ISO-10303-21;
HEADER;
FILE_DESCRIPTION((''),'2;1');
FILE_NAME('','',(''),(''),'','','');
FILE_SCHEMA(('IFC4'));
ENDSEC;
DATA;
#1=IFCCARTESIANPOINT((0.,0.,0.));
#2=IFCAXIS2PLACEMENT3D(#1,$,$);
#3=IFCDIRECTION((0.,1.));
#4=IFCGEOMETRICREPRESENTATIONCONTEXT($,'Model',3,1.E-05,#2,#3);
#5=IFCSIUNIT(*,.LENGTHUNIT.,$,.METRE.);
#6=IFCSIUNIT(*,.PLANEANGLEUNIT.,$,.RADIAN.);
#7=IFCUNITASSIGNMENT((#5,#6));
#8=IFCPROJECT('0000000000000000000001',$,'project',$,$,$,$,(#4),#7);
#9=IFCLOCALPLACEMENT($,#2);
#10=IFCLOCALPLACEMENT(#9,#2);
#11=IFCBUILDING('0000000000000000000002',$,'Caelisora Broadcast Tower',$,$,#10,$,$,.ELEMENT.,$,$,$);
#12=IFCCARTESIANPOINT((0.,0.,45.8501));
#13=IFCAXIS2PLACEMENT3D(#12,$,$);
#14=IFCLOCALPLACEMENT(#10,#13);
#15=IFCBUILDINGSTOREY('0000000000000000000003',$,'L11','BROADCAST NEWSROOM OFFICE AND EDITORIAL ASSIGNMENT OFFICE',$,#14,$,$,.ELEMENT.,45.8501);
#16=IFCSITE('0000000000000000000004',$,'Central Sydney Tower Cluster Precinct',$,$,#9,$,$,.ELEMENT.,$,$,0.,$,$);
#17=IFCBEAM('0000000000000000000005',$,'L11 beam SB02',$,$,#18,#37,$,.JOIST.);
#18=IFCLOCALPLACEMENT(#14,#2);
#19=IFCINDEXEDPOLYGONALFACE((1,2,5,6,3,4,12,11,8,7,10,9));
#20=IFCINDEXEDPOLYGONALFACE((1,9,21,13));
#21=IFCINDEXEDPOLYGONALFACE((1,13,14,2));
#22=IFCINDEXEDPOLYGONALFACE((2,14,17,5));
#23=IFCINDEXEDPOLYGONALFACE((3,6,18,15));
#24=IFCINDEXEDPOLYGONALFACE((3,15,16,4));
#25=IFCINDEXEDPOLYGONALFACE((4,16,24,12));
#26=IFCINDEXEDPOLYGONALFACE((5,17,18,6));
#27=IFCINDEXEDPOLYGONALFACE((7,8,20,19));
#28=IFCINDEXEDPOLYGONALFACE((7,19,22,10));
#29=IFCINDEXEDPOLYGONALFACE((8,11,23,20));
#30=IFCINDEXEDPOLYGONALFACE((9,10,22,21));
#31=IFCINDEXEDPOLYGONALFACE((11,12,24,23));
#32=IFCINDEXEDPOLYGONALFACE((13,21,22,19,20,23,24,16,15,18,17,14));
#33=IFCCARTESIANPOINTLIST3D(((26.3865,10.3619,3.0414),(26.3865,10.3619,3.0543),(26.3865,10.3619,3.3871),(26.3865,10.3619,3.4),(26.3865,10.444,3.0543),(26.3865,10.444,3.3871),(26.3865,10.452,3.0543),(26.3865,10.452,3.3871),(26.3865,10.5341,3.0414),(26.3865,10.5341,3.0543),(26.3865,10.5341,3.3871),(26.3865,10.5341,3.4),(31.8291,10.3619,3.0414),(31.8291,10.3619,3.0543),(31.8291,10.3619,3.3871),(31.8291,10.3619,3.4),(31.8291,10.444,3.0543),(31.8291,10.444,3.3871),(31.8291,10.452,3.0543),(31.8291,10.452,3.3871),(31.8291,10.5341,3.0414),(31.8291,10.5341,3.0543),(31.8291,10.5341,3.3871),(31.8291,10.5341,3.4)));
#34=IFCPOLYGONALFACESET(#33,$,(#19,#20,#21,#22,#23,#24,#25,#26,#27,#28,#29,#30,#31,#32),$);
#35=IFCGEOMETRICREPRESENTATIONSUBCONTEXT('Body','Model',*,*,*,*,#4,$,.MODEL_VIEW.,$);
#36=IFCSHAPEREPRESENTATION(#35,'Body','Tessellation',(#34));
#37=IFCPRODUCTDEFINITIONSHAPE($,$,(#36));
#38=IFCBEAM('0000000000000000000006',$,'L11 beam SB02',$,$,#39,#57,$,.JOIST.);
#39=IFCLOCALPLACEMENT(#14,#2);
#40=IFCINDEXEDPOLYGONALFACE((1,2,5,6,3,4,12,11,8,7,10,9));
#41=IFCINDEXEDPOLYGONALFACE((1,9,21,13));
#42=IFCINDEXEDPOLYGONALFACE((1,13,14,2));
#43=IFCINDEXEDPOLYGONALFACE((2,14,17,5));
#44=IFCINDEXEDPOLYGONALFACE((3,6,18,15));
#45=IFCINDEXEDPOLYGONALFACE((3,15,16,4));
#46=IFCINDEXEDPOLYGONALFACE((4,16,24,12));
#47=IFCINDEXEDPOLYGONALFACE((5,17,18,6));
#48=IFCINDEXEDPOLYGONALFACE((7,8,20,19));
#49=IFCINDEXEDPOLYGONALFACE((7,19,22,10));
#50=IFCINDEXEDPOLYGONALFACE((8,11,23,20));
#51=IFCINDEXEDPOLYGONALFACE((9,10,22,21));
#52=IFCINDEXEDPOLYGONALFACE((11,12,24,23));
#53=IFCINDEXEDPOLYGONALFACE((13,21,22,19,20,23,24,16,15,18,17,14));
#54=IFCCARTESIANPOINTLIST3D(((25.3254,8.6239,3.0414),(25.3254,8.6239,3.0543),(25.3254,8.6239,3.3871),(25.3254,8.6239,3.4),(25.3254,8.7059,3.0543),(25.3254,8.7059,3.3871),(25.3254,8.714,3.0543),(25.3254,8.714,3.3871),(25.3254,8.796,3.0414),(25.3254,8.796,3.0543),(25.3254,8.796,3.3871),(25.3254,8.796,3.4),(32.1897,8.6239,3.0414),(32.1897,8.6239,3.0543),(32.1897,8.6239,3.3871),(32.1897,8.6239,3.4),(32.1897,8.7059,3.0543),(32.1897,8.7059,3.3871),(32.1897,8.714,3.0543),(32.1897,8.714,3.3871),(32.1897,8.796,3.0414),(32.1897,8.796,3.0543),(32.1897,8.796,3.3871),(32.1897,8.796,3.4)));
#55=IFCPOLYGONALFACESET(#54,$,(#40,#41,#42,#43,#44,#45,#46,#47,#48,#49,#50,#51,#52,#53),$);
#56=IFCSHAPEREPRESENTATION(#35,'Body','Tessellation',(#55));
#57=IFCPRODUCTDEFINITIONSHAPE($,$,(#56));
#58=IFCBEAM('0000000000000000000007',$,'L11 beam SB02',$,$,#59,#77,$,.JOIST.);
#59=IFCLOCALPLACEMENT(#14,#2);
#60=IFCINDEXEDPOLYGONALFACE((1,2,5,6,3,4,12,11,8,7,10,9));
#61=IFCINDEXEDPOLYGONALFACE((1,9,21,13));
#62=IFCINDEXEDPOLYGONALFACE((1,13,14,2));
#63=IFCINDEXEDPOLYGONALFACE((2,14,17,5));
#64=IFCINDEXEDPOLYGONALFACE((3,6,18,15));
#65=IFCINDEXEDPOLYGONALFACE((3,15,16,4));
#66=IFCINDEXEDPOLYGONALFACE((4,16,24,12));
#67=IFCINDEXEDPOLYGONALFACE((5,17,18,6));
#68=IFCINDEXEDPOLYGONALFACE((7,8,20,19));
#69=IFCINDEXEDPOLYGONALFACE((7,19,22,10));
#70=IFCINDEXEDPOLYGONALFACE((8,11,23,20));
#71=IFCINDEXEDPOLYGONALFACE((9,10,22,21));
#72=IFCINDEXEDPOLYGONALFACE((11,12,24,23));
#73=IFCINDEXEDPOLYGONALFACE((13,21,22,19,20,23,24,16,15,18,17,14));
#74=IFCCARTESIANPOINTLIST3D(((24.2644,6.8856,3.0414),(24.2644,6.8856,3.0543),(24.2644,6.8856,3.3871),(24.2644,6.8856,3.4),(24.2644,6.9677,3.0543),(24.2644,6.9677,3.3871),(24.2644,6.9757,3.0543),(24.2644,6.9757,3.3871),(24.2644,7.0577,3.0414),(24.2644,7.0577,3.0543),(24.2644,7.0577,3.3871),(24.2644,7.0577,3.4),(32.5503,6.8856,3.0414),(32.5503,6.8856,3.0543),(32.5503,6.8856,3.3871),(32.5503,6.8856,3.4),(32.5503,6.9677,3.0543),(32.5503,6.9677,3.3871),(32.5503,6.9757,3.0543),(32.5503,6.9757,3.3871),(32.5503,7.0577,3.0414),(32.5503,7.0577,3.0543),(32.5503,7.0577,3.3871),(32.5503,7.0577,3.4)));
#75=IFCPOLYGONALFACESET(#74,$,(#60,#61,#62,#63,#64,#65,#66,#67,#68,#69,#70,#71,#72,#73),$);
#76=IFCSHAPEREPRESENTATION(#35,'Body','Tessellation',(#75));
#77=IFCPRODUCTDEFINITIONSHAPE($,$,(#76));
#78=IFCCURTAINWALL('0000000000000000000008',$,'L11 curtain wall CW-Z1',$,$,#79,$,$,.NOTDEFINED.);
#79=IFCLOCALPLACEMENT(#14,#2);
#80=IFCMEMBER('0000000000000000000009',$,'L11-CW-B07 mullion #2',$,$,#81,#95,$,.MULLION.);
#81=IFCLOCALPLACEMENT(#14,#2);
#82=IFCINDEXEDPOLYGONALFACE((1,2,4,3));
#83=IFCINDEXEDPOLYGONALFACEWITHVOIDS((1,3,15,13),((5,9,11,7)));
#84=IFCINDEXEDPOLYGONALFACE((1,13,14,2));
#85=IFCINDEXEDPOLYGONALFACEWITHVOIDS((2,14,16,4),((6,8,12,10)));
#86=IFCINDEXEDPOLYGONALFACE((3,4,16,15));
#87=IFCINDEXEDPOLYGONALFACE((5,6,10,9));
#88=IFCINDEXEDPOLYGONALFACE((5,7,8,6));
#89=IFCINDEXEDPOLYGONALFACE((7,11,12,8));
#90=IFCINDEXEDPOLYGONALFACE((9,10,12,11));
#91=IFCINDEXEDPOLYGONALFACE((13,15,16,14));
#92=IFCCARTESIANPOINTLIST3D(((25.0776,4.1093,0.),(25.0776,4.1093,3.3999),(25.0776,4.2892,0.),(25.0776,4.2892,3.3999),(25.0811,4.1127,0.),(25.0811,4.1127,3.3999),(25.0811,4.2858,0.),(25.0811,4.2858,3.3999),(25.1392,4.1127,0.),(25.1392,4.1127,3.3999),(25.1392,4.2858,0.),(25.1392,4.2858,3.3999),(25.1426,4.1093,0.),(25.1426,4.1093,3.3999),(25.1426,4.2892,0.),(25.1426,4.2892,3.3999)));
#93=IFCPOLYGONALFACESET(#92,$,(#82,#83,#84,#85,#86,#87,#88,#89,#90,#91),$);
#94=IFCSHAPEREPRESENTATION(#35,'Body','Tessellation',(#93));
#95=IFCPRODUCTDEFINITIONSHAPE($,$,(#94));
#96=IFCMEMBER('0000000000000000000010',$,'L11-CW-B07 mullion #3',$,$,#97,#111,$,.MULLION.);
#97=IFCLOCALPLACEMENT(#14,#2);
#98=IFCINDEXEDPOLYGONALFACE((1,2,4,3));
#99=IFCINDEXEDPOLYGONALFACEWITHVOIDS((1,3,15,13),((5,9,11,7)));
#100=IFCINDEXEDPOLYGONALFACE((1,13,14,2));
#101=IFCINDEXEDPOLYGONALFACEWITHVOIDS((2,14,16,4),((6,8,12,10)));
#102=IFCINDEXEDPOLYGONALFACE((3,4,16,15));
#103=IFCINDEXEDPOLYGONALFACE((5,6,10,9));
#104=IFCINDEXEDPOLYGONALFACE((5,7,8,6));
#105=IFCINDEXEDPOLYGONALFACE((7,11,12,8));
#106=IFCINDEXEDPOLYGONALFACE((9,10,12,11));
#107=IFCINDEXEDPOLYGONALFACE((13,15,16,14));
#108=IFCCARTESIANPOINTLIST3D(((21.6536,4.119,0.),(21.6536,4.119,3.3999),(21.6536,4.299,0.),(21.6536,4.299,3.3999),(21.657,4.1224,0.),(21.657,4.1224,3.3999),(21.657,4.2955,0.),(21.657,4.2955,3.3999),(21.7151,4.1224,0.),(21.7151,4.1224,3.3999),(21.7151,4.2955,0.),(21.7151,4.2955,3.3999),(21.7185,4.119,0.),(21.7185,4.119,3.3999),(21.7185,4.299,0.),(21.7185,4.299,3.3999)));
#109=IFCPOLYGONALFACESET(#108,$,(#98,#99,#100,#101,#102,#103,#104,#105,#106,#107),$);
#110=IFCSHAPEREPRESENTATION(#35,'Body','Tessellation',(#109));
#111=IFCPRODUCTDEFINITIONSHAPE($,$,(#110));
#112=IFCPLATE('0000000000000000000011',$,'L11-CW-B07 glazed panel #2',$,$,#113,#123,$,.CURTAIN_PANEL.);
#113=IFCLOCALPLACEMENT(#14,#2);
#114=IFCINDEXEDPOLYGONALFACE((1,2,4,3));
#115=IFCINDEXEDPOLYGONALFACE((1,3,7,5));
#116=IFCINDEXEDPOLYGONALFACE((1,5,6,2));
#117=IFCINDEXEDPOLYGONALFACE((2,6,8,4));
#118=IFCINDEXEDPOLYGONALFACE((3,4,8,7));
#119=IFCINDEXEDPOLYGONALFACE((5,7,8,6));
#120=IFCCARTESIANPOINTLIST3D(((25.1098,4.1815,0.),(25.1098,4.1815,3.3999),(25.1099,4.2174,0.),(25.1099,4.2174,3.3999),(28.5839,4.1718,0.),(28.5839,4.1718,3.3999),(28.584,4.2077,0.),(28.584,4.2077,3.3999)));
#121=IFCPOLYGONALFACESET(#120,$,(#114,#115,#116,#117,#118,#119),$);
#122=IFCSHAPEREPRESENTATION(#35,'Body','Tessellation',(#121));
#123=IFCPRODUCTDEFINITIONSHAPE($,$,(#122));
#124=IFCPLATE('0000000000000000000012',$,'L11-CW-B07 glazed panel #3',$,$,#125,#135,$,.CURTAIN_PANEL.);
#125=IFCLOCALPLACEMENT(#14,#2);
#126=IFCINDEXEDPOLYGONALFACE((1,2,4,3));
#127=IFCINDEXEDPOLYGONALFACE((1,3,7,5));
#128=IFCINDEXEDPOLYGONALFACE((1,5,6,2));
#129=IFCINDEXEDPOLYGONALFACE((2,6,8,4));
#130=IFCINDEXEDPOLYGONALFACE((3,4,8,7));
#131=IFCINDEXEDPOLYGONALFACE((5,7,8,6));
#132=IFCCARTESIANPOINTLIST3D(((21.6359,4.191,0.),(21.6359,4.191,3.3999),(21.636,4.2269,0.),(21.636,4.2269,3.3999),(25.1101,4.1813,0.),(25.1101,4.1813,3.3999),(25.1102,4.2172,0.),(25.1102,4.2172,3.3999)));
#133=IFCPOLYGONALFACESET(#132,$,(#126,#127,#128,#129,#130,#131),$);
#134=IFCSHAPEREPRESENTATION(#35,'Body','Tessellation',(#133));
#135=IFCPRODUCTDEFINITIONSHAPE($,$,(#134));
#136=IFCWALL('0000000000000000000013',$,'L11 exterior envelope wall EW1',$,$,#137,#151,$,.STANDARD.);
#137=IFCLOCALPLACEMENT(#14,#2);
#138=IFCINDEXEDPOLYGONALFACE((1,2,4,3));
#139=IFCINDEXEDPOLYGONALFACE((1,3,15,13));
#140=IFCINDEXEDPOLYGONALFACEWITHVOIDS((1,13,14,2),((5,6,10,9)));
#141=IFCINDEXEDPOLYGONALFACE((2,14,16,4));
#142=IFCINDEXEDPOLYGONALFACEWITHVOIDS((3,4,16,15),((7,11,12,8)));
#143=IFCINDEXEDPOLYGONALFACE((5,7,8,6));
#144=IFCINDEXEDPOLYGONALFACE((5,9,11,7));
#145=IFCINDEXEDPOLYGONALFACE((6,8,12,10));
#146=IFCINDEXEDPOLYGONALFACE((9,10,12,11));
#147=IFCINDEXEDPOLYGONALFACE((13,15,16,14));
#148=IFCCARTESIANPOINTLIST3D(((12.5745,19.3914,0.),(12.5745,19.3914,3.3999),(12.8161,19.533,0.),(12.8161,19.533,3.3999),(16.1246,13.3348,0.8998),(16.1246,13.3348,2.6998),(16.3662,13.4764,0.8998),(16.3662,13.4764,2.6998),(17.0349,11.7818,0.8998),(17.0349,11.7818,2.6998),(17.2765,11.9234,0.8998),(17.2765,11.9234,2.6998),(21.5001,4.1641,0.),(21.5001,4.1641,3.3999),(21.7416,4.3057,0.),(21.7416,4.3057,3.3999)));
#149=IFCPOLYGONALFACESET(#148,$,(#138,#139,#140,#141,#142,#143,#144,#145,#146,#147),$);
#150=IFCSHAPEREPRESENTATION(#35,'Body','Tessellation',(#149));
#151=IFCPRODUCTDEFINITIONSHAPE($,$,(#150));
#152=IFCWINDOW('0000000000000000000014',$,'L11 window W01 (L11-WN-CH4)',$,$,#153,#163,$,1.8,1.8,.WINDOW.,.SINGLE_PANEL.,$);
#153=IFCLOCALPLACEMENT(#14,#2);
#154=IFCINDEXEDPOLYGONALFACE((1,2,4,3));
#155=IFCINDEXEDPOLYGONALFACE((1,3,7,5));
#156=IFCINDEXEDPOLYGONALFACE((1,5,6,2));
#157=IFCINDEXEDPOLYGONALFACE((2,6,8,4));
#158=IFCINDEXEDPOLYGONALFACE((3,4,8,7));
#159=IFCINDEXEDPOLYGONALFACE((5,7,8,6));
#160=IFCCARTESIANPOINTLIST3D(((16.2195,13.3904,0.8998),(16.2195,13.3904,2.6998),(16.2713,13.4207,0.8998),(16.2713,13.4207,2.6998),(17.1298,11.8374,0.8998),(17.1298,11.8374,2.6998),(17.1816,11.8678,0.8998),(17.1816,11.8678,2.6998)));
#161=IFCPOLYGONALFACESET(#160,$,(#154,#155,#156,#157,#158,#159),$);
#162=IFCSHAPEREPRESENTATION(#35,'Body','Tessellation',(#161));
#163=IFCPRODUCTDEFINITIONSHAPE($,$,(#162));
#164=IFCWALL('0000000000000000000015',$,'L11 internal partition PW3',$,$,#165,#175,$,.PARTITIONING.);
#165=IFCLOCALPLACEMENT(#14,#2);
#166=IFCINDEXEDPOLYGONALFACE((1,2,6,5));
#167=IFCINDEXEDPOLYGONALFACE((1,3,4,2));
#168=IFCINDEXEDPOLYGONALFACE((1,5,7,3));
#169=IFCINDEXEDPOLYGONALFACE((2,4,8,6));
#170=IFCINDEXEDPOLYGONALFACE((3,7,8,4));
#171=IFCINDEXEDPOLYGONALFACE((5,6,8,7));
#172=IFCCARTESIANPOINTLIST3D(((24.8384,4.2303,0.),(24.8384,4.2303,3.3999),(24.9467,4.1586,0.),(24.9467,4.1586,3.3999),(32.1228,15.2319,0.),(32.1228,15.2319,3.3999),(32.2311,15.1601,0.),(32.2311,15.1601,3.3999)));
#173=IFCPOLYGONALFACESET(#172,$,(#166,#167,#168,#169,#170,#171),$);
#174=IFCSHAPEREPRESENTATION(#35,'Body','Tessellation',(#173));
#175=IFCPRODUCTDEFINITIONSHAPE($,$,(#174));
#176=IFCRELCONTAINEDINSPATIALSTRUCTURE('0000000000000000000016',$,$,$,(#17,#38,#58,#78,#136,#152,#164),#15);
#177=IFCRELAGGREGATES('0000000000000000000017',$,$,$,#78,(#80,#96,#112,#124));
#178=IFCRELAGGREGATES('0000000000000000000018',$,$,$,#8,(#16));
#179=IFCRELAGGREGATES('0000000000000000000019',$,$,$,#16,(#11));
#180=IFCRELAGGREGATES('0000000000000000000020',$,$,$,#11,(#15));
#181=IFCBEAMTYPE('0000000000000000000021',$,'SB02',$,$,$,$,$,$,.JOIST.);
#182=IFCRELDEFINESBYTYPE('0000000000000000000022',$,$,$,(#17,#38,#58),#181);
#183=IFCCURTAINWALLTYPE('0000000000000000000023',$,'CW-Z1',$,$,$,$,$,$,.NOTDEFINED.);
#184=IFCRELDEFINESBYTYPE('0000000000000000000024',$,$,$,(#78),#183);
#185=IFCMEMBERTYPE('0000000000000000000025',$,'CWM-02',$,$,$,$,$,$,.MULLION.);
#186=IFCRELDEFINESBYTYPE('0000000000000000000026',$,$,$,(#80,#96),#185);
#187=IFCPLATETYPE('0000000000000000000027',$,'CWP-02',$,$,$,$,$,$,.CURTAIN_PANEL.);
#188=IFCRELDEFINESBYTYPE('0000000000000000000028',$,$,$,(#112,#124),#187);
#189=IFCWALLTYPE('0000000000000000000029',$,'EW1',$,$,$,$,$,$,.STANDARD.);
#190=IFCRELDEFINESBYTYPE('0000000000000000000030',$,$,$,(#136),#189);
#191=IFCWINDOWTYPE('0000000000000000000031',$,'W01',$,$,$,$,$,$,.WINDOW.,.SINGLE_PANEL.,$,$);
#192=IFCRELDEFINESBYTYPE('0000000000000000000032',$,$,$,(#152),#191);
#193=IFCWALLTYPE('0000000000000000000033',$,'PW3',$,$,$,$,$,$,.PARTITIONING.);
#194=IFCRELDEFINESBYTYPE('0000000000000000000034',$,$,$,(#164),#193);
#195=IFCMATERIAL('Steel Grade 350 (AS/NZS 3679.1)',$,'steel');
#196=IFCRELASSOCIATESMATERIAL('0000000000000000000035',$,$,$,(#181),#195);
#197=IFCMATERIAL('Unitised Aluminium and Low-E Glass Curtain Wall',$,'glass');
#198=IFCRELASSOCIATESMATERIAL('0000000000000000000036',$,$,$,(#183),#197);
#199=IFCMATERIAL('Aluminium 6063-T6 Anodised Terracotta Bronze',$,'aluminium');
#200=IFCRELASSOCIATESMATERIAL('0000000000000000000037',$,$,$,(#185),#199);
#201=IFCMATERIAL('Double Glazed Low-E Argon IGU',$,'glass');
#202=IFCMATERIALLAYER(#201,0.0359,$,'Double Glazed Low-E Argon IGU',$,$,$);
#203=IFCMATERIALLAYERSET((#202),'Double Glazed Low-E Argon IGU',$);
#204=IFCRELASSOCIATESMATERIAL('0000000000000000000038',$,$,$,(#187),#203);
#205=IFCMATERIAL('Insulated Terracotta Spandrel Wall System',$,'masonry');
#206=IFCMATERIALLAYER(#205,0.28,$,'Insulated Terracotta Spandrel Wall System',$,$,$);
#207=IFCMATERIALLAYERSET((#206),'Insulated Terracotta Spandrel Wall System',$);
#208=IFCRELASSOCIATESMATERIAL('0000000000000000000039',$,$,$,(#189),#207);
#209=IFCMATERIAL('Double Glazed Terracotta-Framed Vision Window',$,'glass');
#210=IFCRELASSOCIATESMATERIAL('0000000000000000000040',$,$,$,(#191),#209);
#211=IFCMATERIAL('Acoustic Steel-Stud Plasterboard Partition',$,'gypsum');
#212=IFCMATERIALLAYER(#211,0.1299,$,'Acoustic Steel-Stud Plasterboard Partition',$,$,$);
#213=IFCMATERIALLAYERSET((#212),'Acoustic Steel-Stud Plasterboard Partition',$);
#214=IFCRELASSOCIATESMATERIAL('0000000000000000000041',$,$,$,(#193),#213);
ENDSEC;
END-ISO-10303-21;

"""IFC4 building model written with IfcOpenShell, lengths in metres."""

from ifc_helpers import new_model, si_unit, direction, frame, frame_2d, origin, origin_2d, place, context, subcontext, project, spatial, rectangle, hollow_rectangle, i_section, extrude, source, transform, mapped, material, layer, layer_set, material_profile, profile_set, type_object, type_shapes, element, fill, aggregate, save


model = new_model("IFC4")

# Units and contexts
model_context = context("Model", 3, precision=1e-05, world=origin(), true_north=direction((0.0, 1.0)))
body_context = subcontext(model_context, "Body", "Model", "MODEL_VIEW")
ifc_project = project(units=[si_unit("LENGTHUNIT", "METRE"), si_unit("PLANEANGLEUNIT", "RADIAN")], contexts=[model_context])

# Site, building, storey
site_placement = place(None, origin())
site = spatial("IfcSite", under=ifc_project, at=site_placement, Name="Central Sydney Tower Cluster Precinct", CompositionType="ELEMENT", RefElevation=0.0)
building_placement = place(site_placement, origin())
building = spatial("IfcBuilding", under=site, at=building_placement, Name="Caelisora Broadcast Tower", CompositionType="ELEMENT")
storey_placement = place(building_placement, frame((0.0, 0.0, 45.8501)))
storey = spatial("IfcBuildingStorey", under=building, at=storey_placement, Name="L11", Description="BROADCAST NEWSROOM OFFICE AND EDITORIAL ASSIGNMENT OFFICE", CompositionType="ELEMENT", Elevation=45.8501)

# Beams
ifc_material_1 = material(Name="Steel Grade 350 (AS/NZS 3679.1)", Category="steel")
ifc_material_profile_1 = material_profile(ifc_material_1, i_section(OverallWidth=0.1721, OverallDepth=0.3586, WebThickness=0.0081, FlangeThickness=0.0129, at=origin_2d()), Name="Steel Grade 350 (AS/NZS 3679.1)")
ifc_profile_set_1 = profile_set([ifc_material_profile_1], Name="Steel Grade 350 (AS/NZS 3679.1)")
beam_type_1 = type_object("IfcBeamType", Name="SB02", PredefinedType="JOIST", material=ifc_profile_set_1)
shared_shape_1 = source(origin(), body_context, "Body", "SweptSolid", [
    extrude(i_section(OverallWidth=0.1721, OverallDepth=0.3586, WebThickness=0.0081, FlangeThickness=0.0129, at=origin_2d()), origin(), (0.0, 0.0, 1.0), 5.4426),
])
beam_1_placement = place(storey_placement, frame((26.3865, 10.448, 3.2207), z_axis=(1.0, 0.0, 0.0), x_axis=(0.0, 1.0, 0.0)))
element("IfcBeam", 1, at=beam_1_placement, inside=storey, type_object=beam_type_1, Name="L11 beam SB02", PredefinedType="JOIST", context=body_context, shape_type="MappedRepresentation", body=[
    mapped(shared_shape_1, transform((0.0, 0.0, 0.0), scale=1.0)),
])
shared_shape_2 = source(origin(), body_context, "Body", "SweptSolid", [
    extrude(i_section(OverallWidth=0.1721, OverallDepth=0.3586, WebThickness=0.0081, FlangeThickness=0.0129, at=origin_2d()), origin(), (0.0, 0.0, 1.0), 6.8643),
])
beam_2_placement = place(storey_placement, frame((25.3254, 8.71, 3.2207), z_axis=(1.0, 0.0, 0.0), x_axis=(0.0, 1.0, 0.0)))
element("IfcBeam", 2, at=beam_2_placement, inside=storey, type_object=beam_type_1, Name="L11 beam SB02", PredefinedType="JOIST", context=body_context, shape_type="MappedRepresentation", body=[
    mapped(shared_shape_2, transform((0.0, 0.0, 0.0), scale=1.0)),
])
shared_shape_3 = source(origin(), body_context, "Body", "SweptSolid", [
    extrude(i_section(OverallWidth=0.1721, OverallDepth=0.3586, WebThickness=0.0081, FlangeThickness=0.0129, at=origin_2d()), origin(), (0.0, 0.0, 1.0), 8.2859),
])
beam_3_placement = place(storey_placement, frame((24.2644, 6.9717, 3.2207), z_axis=(1.0, 0.0, 0.0), x_axis=(0.0, 1.0, 0.0)))
element("IfcBeam", 3, at=beam_3_placement, inside=storey, type_object=beam_type_1, Name="L11 beam SB02", PredefinedType="JOIST", context=body_context, shape_type="MappedRepresentation", body=[
    mapped(shared_shape_3, transform((0.0, 0.0, 0.0), scale=1.0)),
])

# Curtain wall, members, plates
ifc_material_2 = material(Name="Unitised Aluminium and Low-E Glass Curtain Wall", Category="glass")
curtain_wall_type = type_object("IfcCurtainWallType", Name="CW-Z1", PredefinedType="NOTDEFINED", material=ifc_material_2)
curtain_wall_placement = place(storey_placement, origin())
curtain_wall = element("IfcCurtainWall", 4, at=curtain_wall_placement, inside=storey, type_object=curtain_wall_type, Name="L11 curtain wall CW-Z1", PredefinedType="NOTDEFINED")
ifc_material_3 = material(Name="Aluminium 6063-T6 Anodised Terracotta Bronze", Category="aluminium")
ifc_material_profile_2 = material_profile(ifc_material_3, hollow_rectangle(XDim=0.0649, YDim=0.1799, WallThickness=0.0034, at=origin_2d()), Name="Aluminium 6063-T6 Anodised Terracotta Bronze")
ifc_profile_set_2 = profile_set([ifc_material_profile_2], Name="Aluminium 6063-T6 Anodised Terracotta Bronze")
member_type = type_object("IfcMemberType", Name="CWM-02", PredefinedType="MULLION", material=ifc_profile_set_2)
shared_shape_4 = source(origin(), body_context, "Body", "SweptSolid", [
    extrude(hollow_rectangle(XDim=0.0649, YDim=0.1799, WallThickness=0.0034, at=origin_2d()), origin(), (0.0, 0.0, 1.0), 3.3999),
])
type_shapes(member_type, [shared_shape_4])
member_1_placement = place(storey_placement, frame((25.1101, 4.1992, 0.0), z_axis=(0.0, 0.0, 1.0), x_axis=(1.0, 0.0, 0.0)))
member_1 = element("IfcMember", 5, at=member_1_placement, type_object=member_type, Name="L11-CW-B07 mullion #2", PredefinedType="MULLION", context=body_context, shape_type="MappedRepresentation", body=[
    mapped(shared_shape_4, transform((0.0, 0.0, 0.0), scale=1.0)),
])
member_2_placement = place(storey_placement, frame((21.686, 4.209, 0.0), z_axis=(0.0, 0.0, 1.0), x_axis=(1.0, 0.0, 0.0)))
member_2 = element("IfcMember", 6, at=member_2_placement, type_object=member_type, Name="L11-CW-B07 mullion #3", PredefinedType="MULLION", context=body_context, shape_type="MappedRepresentation", body=[
    mapped(shared_shape_4, transform((0.0, 0.0, 0.0), scale=1.0)),
])
ifc_material_4 = material(Name="Double Glazed Low-E Argon IGU", Category="glass")
ifc_layer_1 = layer(ifc_material_4, 0.0359, Name="Double Glazed Low-E Argon IGU")
ifc_layer_set_1 = layer_set([ifc_layer_1], Name="Double Glazed Low-E Argon IGU")
plate_type = type_object("IfcPlateType", Name="CWP-02", PredefinedType="CURTAIN_PANEL", material=ifc_layer_set_1)
shared_shape_5 = source(origin(), body_context, "Body", "SweptSolid", [
    extrude(rectangle(XDim=3.4741, YDim=0.0359, at=origin_2d()), origin(), (0.0, 0.0, 1.0), 3.3999),
])
type_shapes(plate_type, [shared_shape_5])
plate_1_placement = place(storey_placement, frame((26.8469, 4.1946, 0.0), z_axis=(0.0, 0.0, 1.0), x_axis=(-0.999996, 0.002793, 0.0)))
plate_1 = element("IfcPlate", 7, at=plate_1_placement, type_object=plate_type, Name="L11-CW-B07 glazed panel #2", PredefinedType="CURTAIN_PANEL", context=body_context, shape_type="MappedRepresentation", body=[
    mapped(shared_shape_5, transform((0.0, 0.0, 0.0), scale=1.0)),
])
plate_2_placement = place(storey_placement, frame((23.373, 4.2041, 0.0), z_axis=(0.0, 0.0, 1.0), x_axis=(-0.999996, 0.002793, 0.0)))
plate_2 = element("IfcPlate", 8, at=plate_2_placement, type_object=plate_type, Name="L11-CW-B07 glazed panel #3", PredefinedType="CURTAIN_PANEL", context=body_context, shape_type="MappedRepresentation", body=[
    mapped(shared_shape_5, transform((0.0, 0.0, 0.0), scale=1.0)),
])
aggregate(curtain_wall, [member_1, member_2, plate_1, plate_2])

# Wall, opening, window
ifc_material_5 = material(Name="Insulated Terracotta Spandrel Wall System", Category="masonry")
ifc_layer_2 = layer(ifc_material_5, 0.28, Name="Insulated Terracotta Spandrel Wall System")
ifc_layer_set_2 = layer_set([ifc_layer_2], Name="Insulated Terracotta Spandrel Wall System")
wall_type_1 = type_object("IfcWallType", Name="EW1", PredefinedType="STANDARD", material=ifc_layer_set_2)
wall_1_placement = place(storey_placement, frame((21.6208, 4.2349, 0.0), z_axis=(0.0, 0.0, 1.0), x_axis=(-0.505685, 0.862718, 0.0)))
wall_1 = element("IfcWall", 9, at=wall_1_placement, inside=storey, type_object=wall_type_1, Name="L11 exterior envelope wall EW1", PredefinedType="STANDARD", context=body_context, shape_type="SweptSolid", body=[
    extrude(rectangle(XDim=17.6504, YDim=0.28, at=frame_2d((8.8252, 0.0))), origin(), (0.0, 0.0, 1.0), 3.3999),
])
opening_1_placement = place(wall_1_placement, frame((8.8301, 0.0, 0.8999)))
opening_1 = element("IfcOpeningElement", 10, at=opening_1_placement, cuts=wall_1, PredefinedType="OPENING", context=body_context, shape_type="SweptSolid", body=[
    extrude(rectangle(XDim=1.8, YDim=1.8, at=frame_2d((0.8999, 0.8999))), frame((0.0, 0.1521, 0.0), z_axis=(0.0, -1.0, 0.0), x_axis=(1.0, 0.0, 0.0)), (0.0, 0.0, 1.0), 0.304),
])
ifc_material_6 = material(Name="Double Glazed Terracotta-Framed Vision Window", Category="glass")
window_type = type_object("IfcWindowType", Name="W01", PartitioningType="SINGLE_PANEL", PredefinedType="WINDOW", material=ifc_material_6)
window_placement = place(opening_1_placement, origin())
window = element("IfcWindow", 11, at=window_placement, inside=storey, type_object=window_type, Name="L11 window W01 (L11-WN-CH4)", OverallHeight=1.8, OverallWidth=1.8, PartitioningType="SINGLE_PANEL", PredefinedType="WINDOW", context=body_context, shape_type="SweptSolid", body=[
    extrude(rectangle(XDim=1.8, YDim=1.8, at=frame_2d((0.8999, 0.8999))), frame((0.0, 0.03, 0.0), z_axis=(0.0, -1.0, 0.0), x_axis=(1.0, 0.0, 0.0)), (0.0, 0.0, 1.0), 0.0601),
])
fill(opening_1, window)

# Wall
ifc_material_7 = material(Name="Acoustic Steel-Stud Plasterboard Partition", Category="gypsum")
ifc_layer_3 = layer(ifc_material_7, 0.1299, Name="Acoustic Steel-Stud Plasterboard Partition")
ifc_layer_set_3 = layer_set([ifc_layer_3], Name="Acoustic Steel-Stud Plasterboard Partition")
wall_type_2 = type_object("IfcWallType", Name="PW3", PredefinedType="PARTITIONING", material=ifc_layer_set_3)
wall_2_placement = place(storey_placement, frame((24.8926, 4.1946, 0.0), z_axis=(0.0, 0.0, 1.0), x_axis=(0.55208, 0.833791, 0.0)))
element("IfcWall", 12, at=wall_2_placement, inside=storey, type_object=wall_type_2, Name="L11 internal partition PW3", PredefinedType="PARTITIONING", context=body_context, shape_type="SweptSolid", body=[
    extrude(rectangle(XDim=13.1946, YDim=0.1299, at=frame_2d((6.5972, 0.0))), origin(), (0.0, 0.0, 1.0), 3.3999),
])

save(model, "model.ifc")
